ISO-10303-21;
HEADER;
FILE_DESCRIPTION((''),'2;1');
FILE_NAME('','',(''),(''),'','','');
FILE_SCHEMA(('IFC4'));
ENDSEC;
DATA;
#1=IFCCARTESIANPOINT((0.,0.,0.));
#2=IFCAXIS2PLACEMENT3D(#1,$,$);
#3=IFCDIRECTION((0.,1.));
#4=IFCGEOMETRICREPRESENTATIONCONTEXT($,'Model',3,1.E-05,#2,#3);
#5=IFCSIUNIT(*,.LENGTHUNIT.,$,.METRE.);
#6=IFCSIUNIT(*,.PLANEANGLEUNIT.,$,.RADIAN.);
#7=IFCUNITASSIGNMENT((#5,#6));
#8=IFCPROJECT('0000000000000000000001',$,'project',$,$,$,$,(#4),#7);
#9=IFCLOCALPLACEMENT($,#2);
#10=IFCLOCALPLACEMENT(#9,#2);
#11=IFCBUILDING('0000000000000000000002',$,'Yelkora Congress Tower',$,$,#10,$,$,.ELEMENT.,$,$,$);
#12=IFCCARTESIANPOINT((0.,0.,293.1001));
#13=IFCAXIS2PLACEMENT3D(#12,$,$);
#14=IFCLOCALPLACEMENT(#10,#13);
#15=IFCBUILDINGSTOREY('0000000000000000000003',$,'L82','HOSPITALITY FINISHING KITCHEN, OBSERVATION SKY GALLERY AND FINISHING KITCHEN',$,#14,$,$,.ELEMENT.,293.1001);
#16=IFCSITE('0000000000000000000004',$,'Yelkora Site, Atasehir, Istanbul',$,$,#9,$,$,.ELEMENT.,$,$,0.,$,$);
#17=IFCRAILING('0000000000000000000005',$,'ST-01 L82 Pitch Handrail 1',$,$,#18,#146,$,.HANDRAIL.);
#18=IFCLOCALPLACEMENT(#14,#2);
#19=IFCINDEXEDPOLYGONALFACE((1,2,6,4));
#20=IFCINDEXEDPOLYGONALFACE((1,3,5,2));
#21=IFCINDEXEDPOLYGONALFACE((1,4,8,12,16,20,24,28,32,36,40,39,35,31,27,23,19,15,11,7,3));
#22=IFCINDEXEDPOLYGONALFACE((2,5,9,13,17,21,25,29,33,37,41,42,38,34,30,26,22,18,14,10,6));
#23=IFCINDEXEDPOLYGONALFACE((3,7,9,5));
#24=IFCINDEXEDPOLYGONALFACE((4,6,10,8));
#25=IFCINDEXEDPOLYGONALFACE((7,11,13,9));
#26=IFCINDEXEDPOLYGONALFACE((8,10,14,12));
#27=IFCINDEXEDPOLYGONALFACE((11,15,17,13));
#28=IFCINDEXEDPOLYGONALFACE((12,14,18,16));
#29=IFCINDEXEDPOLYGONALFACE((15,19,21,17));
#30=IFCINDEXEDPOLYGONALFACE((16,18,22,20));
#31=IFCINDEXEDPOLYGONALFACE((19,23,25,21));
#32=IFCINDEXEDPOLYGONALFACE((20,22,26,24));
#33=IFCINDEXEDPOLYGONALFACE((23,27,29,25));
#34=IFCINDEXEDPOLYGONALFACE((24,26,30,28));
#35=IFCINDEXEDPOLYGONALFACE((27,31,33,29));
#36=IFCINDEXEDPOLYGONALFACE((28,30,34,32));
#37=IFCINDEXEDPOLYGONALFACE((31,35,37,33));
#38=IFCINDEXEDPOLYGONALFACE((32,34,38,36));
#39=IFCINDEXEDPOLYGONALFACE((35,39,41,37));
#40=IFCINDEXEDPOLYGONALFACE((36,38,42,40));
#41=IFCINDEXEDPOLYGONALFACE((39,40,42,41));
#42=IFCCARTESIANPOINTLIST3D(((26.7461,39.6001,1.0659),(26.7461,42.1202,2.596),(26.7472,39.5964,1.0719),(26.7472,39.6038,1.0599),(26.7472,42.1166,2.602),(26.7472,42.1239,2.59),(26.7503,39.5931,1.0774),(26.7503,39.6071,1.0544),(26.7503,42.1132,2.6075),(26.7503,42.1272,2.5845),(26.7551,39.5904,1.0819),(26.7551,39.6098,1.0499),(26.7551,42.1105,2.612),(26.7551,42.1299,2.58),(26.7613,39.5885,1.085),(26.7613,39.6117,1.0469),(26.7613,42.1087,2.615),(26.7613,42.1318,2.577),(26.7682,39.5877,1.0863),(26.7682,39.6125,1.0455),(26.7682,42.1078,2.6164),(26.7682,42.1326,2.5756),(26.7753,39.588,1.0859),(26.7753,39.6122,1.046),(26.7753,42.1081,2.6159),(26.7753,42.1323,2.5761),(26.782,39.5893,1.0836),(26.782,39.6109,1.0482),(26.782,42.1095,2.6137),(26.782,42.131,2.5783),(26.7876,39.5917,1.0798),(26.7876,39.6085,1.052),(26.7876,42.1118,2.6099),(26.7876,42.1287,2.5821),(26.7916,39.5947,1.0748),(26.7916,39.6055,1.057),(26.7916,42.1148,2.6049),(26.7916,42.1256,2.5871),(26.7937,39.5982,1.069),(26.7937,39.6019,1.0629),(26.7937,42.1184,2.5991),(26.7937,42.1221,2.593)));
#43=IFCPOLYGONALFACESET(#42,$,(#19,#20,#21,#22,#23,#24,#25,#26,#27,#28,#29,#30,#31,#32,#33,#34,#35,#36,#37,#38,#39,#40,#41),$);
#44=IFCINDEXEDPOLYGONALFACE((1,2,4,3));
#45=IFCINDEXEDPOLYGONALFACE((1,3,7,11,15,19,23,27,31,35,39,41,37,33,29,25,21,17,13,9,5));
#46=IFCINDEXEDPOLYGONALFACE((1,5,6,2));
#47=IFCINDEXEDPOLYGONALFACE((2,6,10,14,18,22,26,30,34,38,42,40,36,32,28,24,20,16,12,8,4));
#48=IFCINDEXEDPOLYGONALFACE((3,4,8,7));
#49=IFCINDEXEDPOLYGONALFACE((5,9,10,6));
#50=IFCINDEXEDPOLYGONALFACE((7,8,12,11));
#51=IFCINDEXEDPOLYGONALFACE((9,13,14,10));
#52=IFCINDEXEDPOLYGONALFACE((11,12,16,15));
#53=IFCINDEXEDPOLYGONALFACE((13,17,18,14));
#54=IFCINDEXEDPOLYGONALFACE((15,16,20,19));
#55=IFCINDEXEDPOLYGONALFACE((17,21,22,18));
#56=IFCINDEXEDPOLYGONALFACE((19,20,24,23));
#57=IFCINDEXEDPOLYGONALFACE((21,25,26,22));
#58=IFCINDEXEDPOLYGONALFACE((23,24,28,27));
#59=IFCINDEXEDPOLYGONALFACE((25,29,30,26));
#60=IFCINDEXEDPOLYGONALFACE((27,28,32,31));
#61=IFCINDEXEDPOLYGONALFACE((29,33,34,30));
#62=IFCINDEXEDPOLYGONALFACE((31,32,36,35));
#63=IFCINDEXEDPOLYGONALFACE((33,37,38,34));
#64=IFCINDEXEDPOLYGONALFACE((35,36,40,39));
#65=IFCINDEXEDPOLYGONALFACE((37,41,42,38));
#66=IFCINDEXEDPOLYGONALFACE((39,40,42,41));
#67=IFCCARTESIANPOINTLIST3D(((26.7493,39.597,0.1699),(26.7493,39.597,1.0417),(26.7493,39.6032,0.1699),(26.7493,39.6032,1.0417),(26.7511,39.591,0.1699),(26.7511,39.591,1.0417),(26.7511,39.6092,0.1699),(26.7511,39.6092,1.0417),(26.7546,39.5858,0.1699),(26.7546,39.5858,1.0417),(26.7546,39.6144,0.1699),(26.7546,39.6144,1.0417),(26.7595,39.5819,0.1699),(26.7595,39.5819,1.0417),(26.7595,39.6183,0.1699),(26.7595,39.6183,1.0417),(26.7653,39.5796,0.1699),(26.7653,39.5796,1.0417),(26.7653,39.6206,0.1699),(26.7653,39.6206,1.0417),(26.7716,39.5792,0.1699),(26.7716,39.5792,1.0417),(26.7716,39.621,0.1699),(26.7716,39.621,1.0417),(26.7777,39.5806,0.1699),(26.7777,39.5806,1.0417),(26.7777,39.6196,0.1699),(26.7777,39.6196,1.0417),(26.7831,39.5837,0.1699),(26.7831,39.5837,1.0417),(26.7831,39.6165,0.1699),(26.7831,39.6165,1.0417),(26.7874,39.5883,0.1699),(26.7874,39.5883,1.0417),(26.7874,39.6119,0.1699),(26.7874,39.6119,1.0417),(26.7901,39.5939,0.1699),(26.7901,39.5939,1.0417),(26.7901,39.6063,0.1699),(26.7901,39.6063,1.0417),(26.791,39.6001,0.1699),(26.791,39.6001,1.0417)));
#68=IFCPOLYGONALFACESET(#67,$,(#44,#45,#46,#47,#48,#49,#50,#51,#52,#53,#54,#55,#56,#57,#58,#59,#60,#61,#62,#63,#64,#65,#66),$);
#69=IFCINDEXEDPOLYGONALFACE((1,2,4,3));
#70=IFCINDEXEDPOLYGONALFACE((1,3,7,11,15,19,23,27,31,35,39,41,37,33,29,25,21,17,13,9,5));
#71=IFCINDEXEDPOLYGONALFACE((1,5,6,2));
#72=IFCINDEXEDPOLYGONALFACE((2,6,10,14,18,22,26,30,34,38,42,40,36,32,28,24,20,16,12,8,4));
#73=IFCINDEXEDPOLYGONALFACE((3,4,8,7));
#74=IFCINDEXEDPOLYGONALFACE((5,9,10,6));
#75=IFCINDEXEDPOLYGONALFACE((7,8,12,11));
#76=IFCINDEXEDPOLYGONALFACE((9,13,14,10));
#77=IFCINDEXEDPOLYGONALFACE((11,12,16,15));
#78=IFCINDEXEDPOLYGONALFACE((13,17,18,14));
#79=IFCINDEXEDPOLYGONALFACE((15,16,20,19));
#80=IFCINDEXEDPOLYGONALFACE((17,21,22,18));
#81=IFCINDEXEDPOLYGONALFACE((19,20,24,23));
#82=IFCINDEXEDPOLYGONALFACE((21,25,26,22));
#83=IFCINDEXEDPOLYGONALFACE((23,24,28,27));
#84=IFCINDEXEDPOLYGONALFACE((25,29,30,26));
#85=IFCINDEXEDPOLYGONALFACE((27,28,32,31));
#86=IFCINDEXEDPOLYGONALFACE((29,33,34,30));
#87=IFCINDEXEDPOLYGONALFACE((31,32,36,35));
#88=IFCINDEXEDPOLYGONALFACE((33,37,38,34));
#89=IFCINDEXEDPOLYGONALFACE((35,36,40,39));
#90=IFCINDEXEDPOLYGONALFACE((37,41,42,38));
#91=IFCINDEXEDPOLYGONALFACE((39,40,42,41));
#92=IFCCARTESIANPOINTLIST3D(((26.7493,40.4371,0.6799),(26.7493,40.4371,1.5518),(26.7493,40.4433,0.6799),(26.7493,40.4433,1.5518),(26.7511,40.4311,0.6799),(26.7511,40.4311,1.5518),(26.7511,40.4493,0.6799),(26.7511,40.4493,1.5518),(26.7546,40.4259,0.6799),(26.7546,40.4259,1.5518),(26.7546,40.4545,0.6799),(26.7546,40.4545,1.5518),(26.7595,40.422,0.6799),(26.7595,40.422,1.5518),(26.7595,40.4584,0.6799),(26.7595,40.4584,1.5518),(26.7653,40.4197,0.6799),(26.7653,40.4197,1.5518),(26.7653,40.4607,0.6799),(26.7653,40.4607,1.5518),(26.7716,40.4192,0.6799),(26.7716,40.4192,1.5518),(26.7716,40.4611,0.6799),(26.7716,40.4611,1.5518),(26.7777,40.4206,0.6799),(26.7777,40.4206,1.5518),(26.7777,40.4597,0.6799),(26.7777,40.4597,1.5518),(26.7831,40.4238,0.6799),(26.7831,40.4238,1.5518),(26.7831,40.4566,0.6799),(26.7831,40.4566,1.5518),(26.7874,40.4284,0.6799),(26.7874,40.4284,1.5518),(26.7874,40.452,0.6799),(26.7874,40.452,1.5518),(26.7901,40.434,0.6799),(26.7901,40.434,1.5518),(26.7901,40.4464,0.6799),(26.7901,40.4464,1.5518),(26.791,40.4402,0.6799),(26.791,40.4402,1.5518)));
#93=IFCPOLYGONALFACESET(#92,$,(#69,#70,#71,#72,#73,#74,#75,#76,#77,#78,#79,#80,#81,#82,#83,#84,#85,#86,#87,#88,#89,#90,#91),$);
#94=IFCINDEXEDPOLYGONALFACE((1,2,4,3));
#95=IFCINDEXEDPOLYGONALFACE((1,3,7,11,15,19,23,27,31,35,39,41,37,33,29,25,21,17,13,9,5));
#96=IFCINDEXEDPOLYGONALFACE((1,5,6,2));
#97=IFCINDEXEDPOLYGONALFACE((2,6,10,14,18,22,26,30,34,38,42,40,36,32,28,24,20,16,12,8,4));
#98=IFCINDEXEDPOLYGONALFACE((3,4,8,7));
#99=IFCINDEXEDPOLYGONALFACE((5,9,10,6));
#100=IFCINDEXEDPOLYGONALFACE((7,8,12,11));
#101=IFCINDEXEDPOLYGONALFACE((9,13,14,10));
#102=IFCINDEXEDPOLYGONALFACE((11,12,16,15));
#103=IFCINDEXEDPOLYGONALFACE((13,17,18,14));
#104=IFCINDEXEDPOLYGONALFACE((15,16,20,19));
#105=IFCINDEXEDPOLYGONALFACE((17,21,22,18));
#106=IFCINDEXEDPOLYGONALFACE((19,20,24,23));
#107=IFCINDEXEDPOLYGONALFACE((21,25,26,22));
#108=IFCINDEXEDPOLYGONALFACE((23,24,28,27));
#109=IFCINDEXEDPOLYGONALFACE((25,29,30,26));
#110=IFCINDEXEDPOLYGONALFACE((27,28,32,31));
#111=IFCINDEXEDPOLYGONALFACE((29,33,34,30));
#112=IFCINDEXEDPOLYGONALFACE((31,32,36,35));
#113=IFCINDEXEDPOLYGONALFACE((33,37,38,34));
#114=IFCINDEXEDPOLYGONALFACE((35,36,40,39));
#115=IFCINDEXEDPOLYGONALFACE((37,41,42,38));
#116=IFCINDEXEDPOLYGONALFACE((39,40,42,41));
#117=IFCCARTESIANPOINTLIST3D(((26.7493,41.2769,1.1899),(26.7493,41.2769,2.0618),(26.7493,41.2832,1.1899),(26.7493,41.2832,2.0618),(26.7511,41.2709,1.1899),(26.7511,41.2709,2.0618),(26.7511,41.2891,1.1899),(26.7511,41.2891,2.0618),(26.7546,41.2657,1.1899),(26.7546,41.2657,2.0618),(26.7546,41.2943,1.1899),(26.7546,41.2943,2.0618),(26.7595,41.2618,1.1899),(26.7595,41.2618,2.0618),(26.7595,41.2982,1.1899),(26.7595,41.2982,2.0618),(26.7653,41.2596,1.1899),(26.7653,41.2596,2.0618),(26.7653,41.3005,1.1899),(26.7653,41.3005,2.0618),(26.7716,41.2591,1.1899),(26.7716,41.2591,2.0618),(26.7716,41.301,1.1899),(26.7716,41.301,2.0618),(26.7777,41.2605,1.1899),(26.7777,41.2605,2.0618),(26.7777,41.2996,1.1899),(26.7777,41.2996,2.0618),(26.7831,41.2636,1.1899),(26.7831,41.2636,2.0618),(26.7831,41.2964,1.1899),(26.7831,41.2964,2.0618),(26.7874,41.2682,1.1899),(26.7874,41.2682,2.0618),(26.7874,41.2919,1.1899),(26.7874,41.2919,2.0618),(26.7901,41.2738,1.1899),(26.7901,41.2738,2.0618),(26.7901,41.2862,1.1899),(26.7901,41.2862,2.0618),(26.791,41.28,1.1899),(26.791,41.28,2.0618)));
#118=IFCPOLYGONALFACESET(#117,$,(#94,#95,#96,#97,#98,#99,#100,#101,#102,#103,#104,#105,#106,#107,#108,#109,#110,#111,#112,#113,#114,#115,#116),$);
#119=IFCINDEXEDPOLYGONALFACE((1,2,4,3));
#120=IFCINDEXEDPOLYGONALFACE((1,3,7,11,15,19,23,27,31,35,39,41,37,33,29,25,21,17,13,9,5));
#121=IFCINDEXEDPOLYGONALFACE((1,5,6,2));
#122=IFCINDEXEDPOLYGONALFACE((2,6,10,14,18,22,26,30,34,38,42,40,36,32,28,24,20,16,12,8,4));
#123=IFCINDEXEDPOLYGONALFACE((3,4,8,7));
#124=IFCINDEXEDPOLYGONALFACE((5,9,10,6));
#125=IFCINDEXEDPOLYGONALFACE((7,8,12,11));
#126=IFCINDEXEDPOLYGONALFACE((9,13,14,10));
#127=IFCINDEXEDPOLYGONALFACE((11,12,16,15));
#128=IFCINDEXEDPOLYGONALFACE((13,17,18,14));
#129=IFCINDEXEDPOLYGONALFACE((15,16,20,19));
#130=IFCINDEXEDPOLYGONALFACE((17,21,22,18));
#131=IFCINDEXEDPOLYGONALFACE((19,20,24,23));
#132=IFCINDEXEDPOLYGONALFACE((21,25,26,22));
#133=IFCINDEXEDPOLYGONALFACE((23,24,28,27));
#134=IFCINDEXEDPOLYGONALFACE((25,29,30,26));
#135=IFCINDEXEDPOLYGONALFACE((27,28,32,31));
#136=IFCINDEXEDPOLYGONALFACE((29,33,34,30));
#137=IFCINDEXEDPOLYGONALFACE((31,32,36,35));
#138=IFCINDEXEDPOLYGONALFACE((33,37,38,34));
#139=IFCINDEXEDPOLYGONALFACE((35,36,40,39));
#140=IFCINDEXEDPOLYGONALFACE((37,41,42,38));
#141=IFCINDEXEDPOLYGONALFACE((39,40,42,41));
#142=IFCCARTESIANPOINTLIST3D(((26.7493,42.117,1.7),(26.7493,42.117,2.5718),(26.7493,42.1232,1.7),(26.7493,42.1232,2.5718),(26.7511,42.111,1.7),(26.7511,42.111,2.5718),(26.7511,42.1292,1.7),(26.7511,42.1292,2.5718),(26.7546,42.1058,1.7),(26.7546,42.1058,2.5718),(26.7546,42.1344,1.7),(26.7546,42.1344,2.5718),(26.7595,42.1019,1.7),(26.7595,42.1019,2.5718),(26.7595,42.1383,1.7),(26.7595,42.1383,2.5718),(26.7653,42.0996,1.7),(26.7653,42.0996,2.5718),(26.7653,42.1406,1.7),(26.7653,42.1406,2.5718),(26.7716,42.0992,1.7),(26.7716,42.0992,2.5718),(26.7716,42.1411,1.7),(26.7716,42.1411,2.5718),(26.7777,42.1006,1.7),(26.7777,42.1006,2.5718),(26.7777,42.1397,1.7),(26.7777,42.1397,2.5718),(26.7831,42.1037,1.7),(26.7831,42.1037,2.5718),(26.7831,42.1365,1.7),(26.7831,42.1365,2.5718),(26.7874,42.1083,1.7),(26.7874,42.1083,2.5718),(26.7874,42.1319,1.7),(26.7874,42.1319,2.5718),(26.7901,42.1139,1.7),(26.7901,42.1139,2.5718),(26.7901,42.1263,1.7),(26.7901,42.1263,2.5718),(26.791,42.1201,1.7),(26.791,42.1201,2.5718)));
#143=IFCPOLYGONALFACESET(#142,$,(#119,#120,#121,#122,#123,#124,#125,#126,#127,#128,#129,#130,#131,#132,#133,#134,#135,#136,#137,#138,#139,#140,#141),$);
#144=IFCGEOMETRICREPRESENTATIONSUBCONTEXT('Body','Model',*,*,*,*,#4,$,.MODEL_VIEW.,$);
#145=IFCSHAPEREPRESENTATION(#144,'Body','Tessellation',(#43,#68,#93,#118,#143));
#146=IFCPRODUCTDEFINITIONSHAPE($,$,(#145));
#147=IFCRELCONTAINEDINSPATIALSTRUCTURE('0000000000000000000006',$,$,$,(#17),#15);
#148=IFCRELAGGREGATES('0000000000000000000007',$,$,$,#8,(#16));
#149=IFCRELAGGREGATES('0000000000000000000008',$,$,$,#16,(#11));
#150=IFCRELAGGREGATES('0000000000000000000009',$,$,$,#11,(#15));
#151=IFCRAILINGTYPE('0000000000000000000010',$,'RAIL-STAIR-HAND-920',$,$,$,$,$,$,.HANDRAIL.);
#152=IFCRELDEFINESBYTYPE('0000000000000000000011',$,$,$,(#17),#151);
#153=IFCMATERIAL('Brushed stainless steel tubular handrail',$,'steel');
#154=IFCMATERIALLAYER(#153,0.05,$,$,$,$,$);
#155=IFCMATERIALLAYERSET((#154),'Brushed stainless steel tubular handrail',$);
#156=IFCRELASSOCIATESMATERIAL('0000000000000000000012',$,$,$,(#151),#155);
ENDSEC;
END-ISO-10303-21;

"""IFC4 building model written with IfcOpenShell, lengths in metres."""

from ifc_helpers import new_model, si_unit, direction, frame, origin, origin_2d, place, context, subcontext, project, spatial, circle, extrude, material, layer, layer_set, type_object, element, save


model = new_model("IFC4")

# Units and contexts
model_context = context("Model", 3, precision=1e-05, world=origin(), true_north=direction((0.0, 1.0)))
body_context = subcontext(model_context, "Body", "Model", "MODEL_VIEW")
ifc_project = project(units=[si_unit("LENGTHUNIT", "METRE"), si_unit("PLANEANGLEUNIT", "RADIAN")], contexts=[model_context])

# Site, building, storey
site_placement = place(None, origin())
site = spatial("IfcSite", under=ifc_project, at=site_placement, Name="Yelkora Site, Atasehir, Istanbul", CompositionType="ELEMENT", RefElevation=0.0)
building_placement = place(site_placement, origin())
building = spatial("IfcBuilding", under=site, at=building_placement, Name="Yelkora Congress Tower", CompositionType="ELEMENT")
storey_placement = place(building_placement, frame((0.0, 0.0, 293.1001)))
storey = spatial("IfcBuildingStorey", under=building, at=storey_placement, Name="L82", Description="HOSPITALITY FINISHING KITCHEN, OBSERVATION SKY GALLERY AND FINISHING KITCHEN", CompositionType="ELEMENT", Elevation=293.1001)

# Railing
ifc_material_1 = material(Name="Brushed stainless steel tubular handrail", Category="steel")
ifc_layer_1 = layer(ifc_material_1, 0.05)
ifc_layer_set_1 = layer_set([ifc_layer_1], Name="Brushed stainless steel tubular handrail")
railing_type_1 = type_object("IfcRailingType", Name="RAIL-STAIR-HAND-920", PredefinedType="HANDRAIL", material=ifc_layer_set_1)
railing_1_placement = place(storey_placement, frame((26.77, 39.6001, 0.1699)))
element("IfcRailing", 1, at=railing_1_placement, inside=storey, type_object=railing_type_1, Name="ST-01 L82 Pitch Handrail 1", PredefinedType="HANDRAIL", context=body_context, shape_type="SweptSolid", body=[
    extrude(circle(Radius=0.0239, at=origin_2d()), frame((0.0, 0.0, 0.896), z_axis=(0.0, 0.854785, 0.518982), x_axis=(-1.0, 0.0, 0.0)), (0.0, 0.0, 1.0), 2.9482),
    extrude(circle(Radius=0.021, at=origin_2d()), origin(), (0.0, 0.0, 1.0), 0.8718),
    extrude(circle(Radius=0.021, at=origin_2d()), frame((0.0, 0.8401, 0.51)), (0.0, 0.0, 1.0), 0.8718),
    extrude(circle(Radius=0.021, at=origin_2d()), frame((0.0, 1.6799, 1.02)), (0.0, 0.0, 1.0), 0.8718),
    extrude(circle(Radius=0.021, at=origin_2d()), frame((0.0, 2.52, 1.53)), (0.0, 0.0, 1.0), 0.8718),
])

save(model, "model.ifc")
